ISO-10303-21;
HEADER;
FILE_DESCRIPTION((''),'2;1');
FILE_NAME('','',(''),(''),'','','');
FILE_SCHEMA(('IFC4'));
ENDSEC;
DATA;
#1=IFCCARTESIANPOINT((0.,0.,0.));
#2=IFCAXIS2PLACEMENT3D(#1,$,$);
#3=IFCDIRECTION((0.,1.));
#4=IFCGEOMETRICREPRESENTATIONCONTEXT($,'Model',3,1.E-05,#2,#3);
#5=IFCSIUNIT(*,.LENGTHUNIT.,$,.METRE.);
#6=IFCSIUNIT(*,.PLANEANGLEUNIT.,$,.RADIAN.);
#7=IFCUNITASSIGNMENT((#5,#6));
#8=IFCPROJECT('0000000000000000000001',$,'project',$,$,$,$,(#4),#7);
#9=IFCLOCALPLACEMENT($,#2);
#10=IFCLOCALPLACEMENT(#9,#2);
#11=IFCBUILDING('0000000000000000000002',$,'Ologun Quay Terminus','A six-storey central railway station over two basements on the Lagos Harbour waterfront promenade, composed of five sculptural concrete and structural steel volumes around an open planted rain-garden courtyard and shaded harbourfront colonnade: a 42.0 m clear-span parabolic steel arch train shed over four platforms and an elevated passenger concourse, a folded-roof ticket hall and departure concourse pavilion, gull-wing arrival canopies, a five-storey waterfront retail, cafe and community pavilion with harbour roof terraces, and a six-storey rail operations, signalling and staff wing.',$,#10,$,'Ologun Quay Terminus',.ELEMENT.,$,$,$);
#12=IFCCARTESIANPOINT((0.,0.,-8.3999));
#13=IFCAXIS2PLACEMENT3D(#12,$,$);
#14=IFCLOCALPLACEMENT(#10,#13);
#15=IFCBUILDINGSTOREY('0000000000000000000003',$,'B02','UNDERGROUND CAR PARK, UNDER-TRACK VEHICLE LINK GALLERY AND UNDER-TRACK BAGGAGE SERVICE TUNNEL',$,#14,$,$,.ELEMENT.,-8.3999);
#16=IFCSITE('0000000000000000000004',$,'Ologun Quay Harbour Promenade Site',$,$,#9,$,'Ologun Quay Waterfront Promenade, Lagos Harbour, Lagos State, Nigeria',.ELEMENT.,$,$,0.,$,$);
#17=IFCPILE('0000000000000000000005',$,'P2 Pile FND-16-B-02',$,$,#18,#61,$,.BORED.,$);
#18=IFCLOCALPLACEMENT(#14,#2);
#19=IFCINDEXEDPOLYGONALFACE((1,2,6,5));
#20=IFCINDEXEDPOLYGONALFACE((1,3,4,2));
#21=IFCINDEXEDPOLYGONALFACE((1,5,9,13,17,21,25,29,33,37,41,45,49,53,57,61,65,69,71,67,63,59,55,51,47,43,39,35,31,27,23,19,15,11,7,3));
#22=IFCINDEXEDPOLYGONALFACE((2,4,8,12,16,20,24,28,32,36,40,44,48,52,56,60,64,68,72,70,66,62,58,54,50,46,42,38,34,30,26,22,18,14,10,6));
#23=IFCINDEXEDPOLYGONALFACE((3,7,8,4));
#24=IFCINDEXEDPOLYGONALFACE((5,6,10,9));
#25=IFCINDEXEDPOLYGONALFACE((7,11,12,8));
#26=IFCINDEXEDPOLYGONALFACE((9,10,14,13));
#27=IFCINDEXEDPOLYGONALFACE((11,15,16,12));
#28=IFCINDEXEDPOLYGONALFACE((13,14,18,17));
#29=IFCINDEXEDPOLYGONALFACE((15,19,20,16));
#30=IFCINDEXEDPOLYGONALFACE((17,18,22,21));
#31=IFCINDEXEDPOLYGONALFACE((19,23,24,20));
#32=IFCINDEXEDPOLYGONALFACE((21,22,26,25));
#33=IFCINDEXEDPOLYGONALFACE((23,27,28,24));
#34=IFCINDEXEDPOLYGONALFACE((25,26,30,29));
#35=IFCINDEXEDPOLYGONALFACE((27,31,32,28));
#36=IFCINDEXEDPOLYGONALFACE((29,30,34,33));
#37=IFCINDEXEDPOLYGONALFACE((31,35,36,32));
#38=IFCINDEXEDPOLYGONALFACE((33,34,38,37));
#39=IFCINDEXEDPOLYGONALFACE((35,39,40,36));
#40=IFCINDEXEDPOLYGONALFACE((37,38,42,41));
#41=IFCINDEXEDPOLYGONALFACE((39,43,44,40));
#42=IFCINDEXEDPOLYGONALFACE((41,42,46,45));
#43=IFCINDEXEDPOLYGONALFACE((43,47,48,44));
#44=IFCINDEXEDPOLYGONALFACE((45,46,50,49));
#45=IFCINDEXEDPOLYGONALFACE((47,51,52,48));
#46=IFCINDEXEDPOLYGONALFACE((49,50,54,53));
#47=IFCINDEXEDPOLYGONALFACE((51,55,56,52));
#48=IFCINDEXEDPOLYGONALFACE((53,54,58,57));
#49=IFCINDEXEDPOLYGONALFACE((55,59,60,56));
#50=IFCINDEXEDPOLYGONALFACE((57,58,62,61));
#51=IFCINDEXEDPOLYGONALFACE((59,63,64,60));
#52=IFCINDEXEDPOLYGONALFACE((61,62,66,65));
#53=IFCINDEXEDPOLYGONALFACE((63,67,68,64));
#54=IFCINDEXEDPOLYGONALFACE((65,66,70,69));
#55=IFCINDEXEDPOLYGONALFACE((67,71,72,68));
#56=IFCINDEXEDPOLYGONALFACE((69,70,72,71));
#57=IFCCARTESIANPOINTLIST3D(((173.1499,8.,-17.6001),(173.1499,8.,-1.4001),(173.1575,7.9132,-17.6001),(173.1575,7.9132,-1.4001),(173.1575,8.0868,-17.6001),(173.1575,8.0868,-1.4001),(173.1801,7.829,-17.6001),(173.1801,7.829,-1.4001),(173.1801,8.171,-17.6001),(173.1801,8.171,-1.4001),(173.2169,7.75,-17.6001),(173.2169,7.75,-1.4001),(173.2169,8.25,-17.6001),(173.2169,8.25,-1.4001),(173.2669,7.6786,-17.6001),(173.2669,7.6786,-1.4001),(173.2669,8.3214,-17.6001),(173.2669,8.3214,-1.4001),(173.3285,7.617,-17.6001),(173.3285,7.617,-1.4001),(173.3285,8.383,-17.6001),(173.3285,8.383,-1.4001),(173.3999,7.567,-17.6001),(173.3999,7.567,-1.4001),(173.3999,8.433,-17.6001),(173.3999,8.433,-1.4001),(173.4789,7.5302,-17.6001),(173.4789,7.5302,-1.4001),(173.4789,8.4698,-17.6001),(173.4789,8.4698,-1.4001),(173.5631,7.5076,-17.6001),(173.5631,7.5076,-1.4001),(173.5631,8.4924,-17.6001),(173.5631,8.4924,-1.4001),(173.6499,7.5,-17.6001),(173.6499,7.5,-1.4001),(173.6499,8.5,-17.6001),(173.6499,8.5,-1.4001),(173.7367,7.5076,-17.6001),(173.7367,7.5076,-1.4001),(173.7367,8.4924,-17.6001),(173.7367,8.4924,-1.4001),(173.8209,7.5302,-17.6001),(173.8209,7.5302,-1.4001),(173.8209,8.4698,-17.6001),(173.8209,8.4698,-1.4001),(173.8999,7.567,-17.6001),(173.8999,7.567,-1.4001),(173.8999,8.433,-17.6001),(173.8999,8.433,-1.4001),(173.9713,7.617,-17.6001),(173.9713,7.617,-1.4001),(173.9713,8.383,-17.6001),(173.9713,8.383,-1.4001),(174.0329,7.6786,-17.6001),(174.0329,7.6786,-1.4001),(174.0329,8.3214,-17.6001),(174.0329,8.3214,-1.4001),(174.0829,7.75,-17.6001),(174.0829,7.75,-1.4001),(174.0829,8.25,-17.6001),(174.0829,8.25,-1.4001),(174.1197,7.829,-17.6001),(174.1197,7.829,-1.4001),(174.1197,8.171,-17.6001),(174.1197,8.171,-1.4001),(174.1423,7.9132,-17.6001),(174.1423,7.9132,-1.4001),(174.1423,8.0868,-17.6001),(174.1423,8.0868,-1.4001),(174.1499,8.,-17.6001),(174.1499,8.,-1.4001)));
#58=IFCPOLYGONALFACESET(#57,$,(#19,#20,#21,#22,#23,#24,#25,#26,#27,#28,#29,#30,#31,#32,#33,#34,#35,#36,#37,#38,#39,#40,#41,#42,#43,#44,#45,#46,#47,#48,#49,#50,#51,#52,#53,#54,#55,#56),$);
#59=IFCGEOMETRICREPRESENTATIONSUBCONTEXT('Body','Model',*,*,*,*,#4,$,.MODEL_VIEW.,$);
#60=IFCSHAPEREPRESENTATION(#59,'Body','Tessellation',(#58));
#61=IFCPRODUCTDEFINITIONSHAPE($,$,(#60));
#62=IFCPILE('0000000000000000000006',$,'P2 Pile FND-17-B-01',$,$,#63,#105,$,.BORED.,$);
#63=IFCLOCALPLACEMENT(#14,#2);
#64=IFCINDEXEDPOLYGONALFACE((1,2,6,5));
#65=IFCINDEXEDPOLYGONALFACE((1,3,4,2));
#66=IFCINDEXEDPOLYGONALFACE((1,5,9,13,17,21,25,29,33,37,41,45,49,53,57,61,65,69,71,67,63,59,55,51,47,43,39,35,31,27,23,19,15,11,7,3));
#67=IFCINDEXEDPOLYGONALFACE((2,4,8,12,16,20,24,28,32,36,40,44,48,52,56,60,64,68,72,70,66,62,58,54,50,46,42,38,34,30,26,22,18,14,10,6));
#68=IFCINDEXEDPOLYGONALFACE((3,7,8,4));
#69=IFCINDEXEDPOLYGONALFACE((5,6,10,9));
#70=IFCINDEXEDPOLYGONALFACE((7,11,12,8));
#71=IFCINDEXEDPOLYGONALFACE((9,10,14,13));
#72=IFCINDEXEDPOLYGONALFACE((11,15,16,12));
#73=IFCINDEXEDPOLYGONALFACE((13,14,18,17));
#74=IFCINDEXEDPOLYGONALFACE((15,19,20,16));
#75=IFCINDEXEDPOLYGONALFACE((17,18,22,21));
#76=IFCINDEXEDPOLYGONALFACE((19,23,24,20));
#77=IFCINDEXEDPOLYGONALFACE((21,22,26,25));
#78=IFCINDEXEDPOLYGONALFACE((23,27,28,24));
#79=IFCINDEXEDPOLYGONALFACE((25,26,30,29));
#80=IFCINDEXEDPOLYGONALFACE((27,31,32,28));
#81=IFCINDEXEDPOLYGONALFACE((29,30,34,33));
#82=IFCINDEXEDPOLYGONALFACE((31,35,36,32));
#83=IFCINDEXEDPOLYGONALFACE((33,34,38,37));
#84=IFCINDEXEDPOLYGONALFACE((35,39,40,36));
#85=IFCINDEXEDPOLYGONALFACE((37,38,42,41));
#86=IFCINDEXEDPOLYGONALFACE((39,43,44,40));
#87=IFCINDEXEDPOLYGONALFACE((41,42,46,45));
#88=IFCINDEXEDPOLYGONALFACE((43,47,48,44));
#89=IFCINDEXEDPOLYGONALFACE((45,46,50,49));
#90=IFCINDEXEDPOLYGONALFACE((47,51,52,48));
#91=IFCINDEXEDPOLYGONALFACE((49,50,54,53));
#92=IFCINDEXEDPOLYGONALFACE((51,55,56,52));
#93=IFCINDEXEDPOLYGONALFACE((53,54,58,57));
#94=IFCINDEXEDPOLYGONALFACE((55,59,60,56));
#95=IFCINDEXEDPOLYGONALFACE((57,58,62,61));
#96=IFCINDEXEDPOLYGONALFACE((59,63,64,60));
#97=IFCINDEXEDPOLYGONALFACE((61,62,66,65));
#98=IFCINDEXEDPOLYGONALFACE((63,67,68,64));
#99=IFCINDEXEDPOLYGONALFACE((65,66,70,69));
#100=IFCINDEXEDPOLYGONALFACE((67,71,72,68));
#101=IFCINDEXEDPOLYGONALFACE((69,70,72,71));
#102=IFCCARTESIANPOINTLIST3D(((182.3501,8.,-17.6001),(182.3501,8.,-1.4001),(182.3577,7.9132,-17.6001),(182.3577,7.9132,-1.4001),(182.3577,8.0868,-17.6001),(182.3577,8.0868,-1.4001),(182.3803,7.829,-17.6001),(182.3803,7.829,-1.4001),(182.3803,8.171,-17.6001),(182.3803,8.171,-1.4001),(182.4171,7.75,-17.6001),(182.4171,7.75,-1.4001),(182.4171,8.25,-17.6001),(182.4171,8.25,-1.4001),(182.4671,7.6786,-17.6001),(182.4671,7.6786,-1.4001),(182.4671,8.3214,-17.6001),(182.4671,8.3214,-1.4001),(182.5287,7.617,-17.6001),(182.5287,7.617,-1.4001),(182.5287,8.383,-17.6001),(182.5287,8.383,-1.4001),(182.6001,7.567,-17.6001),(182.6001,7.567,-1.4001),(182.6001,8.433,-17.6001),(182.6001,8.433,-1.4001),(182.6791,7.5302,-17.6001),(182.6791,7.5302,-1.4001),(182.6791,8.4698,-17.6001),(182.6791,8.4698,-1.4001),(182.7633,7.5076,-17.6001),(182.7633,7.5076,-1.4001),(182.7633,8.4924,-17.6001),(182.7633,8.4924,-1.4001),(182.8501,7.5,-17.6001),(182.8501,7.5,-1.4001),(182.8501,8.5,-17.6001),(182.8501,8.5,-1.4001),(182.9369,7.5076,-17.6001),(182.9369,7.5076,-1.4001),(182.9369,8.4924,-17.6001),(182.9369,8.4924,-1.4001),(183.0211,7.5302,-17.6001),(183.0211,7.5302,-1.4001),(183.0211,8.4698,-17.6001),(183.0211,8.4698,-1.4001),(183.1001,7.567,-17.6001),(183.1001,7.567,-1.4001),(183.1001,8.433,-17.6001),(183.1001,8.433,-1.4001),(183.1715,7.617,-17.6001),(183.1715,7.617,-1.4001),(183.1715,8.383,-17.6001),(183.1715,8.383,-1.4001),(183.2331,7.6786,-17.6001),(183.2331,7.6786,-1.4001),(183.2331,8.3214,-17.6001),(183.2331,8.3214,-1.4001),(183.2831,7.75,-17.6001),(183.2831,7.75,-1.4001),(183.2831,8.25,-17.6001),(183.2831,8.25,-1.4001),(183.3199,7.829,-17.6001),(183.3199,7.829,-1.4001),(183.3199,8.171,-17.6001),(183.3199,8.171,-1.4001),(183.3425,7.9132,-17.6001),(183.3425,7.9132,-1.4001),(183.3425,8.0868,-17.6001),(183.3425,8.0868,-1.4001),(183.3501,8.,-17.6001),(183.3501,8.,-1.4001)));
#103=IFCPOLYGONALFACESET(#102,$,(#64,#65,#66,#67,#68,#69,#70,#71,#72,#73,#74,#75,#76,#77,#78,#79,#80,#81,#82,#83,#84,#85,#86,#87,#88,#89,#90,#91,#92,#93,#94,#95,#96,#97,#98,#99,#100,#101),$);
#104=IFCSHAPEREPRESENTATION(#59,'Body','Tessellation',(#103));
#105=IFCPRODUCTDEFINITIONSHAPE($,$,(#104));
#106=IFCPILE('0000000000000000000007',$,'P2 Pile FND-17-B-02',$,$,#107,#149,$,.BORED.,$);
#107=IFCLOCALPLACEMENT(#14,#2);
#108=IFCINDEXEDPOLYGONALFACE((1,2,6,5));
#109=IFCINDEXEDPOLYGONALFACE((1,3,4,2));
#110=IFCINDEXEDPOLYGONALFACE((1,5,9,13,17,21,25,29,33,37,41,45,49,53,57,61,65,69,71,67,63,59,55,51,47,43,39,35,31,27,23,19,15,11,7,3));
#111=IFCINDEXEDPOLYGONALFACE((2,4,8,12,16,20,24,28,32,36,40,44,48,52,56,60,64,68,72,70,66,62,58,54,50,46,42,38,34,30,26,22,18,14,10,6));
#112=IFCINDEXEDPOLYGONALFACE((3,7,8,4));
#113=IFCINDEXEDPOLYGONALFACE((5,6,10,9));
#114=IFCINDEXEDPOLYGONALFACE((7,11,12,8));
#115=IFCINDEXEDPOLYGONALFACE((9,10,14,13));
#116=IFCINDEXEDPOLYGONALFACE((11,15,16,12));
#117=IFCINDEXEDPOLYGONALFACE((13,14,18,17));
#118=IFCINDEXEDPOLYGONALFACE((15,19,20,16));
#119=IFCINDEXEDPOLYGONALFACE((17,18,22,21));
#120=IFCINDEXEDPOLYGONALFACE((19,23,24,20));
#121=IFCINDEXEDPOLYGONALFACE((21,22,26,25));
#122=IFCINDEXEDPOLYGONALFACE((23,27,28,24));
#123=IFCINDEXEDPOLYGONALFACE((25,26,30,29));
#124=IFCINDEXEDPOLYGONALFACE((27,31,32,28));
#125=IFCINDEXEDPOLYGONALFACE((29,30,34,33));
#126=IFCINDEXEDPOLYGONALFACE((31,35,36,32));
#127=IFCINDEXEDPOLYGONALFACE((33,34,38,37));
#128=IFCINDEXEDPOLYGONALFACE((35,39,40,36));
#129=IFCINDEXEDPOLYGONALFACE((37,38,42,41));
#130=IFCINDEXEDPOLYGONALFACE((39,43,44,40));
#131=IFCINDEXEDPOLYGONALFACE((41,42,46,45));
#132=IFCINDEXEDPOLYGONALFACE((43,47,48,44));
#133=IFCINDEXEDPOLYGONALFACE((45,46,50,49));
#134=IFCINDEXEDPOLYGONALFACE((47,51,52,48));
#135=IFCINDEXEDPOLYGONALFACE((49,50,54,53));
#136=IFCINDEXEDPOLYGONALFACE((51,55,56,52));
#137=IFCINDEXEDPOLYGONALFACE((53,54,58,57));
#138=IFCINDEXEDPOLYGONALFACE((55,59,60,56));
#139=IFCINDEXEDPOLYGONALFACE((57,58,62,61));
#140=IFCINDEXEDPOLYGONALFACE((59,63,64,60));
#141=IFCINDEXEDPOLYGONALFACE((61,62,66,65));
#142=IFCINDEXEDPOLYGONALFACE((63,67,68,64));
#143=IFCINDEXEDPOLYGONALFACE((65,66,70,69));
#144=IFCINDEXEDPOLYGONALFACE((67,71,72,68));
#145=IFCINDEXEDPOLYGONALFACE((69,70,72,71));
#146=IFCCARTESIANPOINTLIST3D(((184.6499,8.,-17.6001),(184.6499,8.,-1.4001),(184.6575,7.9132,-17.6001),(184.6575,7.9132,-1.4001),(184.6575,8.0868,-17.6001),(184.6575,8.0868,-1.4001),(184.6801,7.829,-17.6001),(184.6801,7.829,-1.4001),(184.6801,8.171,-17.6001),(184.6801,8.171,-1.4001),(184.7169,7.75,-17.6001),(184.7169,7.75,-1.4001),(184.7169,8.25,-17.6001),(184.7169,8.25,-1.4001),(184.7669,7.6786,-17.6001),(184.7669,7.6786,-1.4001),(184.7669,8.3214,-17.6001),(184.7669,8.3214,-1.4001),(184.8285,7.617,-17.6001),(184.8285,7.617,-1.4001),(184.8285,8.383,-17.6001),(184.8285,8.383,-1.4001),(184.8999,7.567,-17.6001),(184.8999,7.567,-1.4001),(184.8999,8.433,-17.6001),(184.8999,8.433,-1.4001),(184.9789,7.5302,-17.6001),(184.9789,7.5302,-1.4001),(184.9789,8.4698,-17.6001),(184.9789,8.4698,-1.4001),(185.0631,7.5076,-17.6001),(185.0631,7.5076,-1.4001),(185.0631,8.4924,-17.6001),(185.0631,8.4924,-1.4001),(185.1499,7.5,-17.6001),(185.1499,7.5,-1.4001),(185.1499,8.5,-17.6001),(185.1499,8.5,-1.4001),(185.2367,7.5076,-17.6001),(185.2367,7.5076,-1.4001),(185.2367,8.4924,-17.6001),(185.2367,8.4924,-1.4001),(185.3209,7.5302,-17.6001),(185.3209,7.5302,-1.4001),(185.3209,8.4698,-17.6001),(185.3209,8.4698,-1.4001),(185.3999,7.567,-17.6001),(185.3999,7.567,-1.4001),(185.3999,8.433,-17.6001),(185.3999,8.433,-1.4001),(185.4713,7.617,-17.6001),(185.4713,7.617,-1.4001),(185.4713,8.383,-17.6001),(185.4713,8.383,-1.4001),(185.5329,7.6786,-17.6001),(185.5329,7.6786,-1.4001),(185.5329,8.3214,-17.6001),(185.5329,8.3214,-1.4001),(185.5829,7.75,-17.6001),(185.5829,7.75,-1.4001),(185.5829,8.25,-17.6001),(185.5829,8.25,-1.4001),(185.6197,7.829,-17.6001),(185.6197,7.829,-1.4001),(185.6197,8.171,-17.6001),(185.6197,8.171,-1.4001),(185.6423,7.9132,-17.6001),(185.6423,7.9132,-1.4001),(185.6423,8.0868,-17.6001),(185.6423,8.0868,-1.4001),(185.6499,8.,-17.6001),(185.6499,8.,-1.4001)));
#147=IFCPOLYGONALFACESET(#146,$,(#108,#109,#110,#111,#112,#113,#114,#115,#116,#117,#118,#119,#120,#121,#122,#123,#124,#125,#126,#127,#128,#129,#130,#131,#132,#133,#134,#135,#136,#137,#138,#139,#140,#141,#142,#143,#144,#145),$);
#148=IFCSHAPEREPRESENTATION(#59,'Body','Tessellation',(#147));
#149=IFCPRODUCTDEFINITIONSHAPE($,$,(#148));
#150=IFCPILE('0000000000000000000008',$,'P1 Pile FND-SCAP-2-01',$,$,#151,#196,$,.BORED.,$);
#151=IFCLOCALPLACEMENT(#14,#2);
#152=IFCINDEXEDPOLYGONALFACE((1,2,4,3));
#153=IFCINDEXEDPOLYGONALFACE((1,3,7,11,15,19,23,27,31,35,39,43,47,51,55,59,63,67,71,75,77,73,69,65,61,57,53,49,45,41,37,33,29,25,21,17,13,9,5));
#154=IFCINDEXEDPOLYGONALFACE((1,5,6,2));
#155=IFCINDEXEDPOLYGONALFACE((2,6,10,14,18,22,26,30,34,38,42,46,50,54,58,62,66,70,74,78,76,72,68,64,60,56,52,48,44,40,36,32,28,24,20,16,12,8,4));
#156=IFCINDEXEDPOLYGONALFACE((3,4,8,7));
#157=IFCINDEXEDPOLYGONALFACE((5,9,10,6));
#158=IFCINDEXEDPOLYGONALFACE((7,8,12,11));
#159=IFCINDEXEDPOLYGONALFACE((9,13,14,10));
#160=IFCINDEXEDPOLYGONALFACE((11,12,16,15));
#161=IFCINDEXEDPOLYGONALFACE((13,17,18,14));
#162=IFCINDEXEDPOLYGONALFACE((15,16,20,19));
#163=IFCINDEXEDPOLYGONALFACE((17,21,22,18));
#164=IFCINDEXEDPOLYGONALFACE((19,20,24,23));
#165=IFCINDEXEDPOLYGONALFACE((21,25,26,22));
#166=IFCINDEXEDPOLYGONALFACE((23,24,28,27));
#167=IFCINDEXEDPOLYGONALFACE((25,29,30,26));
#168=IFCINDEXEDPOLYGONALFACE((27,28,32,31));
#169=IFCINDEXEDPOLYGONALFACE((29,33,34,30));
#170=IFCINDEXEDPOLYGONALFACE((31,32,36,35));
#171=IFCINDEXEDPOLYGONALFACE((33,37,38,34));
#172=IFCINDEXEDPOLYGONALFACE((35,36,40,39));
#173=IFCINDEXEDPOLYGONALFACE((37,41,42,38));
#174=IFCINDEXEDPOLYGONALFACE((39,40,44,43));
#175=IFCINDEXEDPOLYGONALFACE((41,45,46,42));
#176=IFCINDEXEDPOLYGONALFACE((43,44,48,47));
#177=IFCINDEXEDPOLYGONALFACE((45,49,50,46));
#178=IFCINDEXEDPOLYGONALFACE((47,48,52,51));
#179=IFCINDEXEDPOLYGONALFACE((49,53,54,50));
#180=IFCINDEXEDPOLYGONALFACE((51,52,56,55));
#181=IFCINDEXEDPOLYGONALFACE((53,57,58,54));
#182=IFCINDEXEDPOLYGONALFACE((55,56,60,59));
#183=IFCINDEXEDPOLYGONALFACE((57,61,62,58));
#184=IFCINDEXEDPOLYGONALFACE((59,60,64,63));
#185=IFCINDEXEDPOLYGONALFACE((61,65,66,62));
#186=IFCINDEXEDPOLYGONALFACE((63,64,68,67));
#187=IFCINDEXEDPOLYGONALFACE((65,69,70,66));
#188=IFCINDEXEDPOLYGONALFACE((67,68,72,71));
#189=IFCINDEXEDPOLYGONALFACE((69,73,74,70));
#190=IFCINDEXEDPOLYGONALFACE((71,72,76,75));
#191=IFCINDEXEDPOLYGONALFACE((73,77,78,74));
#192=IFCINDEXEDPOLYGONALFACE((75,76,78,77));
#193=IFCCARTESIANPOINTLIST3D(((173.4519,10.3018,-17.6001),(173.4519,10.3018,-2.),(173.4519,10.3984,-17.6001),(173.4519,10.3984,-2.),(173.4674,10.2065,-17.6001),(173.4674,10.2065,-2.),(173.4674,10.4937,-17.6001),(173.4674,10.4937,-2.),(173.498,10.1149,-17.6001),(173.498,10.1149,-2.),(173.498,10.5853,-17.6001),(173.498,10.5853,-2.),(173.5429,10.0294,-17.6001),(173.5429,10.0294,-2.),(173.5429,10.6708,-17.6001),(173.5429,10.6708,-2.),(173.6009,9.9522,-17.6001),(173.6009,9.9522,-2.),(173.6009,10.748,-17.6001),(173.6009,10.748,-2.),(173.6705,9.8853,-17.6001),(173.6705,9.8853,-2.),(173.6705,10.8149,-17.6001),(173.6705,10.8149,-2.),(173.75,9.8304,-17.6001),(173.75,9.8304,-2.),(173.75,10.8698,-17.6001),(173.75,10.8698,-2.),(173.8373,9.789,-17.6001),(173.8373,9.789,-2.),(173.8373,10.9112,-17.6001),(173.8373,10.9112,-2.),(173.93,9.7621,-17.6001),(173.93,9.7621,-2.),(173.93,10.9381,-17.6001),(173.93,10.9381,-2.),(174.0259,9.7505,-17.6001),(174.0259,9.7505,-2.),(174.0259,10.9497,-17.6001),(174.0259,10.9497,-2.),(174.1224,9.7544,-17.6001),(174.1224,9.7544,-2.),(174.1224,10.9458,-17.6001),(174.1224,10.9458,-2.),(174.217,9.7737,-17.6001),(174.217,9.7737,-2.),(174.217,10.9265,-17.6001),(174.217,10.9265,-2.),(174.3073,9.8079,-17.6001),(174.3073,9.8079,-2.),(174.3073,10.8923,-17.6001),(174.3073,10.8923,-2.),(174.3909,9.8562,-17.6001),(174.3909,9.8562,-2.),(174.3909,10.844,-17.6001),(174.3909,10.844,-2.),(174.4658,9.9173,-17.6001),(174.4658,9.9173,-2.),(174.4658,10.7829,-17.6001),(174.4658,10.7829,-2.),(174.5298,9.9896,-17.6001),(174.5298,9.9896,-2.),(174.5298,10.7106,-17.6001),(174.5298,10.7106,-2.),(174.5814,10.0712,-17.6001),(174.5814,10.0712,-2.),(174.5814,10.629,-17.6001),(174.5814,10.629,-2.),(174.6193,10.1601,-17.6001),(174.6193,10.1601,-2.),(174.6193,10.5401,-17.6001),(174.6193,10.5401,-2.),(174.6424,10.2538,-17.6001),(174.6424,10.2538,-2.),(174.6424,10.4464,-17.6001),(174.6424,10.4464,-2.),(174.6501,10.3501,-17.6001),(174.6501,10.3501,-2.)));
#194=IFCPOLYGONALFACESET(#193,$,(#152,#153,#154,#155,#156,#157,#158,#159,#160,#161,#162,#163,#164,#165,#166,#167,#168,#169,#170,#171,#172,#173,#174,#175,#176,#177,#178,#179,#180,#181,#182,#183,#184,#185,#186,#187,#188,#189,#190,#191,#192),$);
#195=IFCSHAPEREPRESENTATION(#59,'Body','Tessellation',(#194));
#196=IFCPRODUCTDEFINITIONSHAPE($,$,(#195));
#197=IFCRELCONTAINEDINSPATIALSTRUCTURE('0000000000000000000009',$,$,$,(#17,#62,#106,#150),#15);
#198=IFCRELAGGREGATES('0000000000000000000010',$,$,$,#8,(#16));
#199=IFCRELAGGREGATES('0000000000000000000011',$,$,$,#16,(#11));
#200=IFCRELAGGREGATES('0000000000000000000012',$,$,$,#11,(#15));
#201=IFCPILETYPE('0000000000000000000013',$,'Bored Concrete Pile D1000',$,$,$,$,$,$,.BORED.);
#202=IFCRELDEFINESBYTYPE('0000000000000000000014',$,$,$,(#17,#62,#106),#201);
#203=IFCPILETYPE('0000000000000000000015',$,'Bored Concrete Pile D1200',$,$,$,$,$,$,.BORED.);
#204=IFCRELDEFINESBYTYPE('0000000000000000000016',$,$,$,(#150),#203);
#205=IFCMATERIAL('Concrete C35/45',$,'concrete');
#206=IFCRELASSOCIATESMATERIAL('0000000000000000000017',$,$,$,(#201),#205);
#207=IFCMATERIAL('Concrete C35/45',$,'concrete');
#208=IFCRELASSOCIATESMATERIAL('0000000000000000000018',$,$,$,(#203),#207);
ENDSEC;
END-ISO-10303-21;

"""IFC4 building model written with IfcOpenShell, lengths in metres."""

from ifc_helpers import new_model, si_unit, direction, frame, origin, origin_2d, place, context, subcontext, project, spatial, circle, extrude, material, material_profile, profile_set, type_object, element, save


model = new_model("IFC4")

# Units and contexts
model_context = context("Model", 3, precision=1e-05, world=origin(), true_north=direction((0.0, 1.0)))
body_context = subcontext(model_context, "Body", "Model", "MODEL_VIEW")
ifc_project = project(units=[si_unit("LENGTHUNIT", "METRE"), si_unit("PLANEANGLEUNIT", "RADIAN")], contexts=[model_context])

# Site, building, storey
site_placement = place(None, origin())
site = spatial("IfcSite", under=ifc_project, at=site_placement, Name="Ologun Quay Harbour Promenade Site", LongName="Ologun Quay Waterfront Promenade, Lagos Harbour, Lagos State, Nigeria", CompositionType="ELEMENT", RefElevation=0.0)
building_placement = place(site_placement, origin())
building = spatial("IfcBuilding", under=site, at=building_placement, Name="Ologun Quay Terminus", Description="A six-storey central railway station over two basements on the Lagos Harbour waterfront promenade, composed of five sculptural concrete and structural steel volumes around an open planted rain-garden courtyard and shaded harbourfront colonnade: a 42.0 m clear-span parabolic steel arch train shed over four platforms and an elevated passenger concourse, a folded-roof ticket hall and departure concourse pavilion, gull-wing arrival canopies, a five-storey waterfront retail, cafe and community pavilion with harbour roof terraces, and a six-storey rail operations, signalling and staff wing.", LongName="Ologun Quay Terminus", CompositionType="ELEMENT")
storey_placement = place(building_placement, frame((0.0, 0.0, -8.3999)))
storey = spatial("IfcBuildingStorey", under=building, at=storey_placement, Name="B02", Description="UNDERGROUND CAR PARK, UNDER-TRACK VEHICLE LINK GALLERY AND UNDER-TRACK BAGGAGE SERVICE TUNNEL", CompositionType="ELEMENT", Elevation=-8.3999)

# Piles
ifc_material_1 = material(Name="Concrete C35/45", Category="concrete")
ifc_material_profile_1 = material_profile(ifc_material_1, circle(Radius=0.5, at=origin_2d()), Name="PILE D1000")
ifc_profile_set_1 = profile_set([ifc_material_profile_1], Name="Concrete C35/45")
pile_type_1 = type_object("IfcPileType", Name="Bored Concrete Pile D1000", PredefinedType="BORED", material=ifc_profile_set_1)
for number, where, z_axis, x_axis, name in (
    (1, (173.6499, 8.0, -1.4001), (0.0, 0.0, -1.0), (1.0, 0.0, 0.0), "P2 Pile FND-16-B-02"),
    (2, (182.8501, 8.0, -1.4001), (0.0, 0.0, -1.0), (1.0, 0.0, 0.0), "P2 Pile FND-17-B-01"),
    (3, (185.1499, 8.0, -1.4001), (0.0, 0.0, -1.0), (1.0, 0.0, 0.0), "P2 Pile FND-17-B-02"),
):
    element("IfcPile", number, at=place(storey_placement, frame(where, z_axis=z_axis, x_axis=x_axis)), inside=storey, type_object=pile_type_1, Name=name, PredefinedType="BORED", context=body_context, shape_type="SweptSolid", body=[
        extrude(circle(Radius=0.5, at=origin_2d()), origin(), (0.0, 0.0, 1.0), 16.2),
    ])
ifc_material_2 = material(Name="Concrete C35/45", Category="concrete")
ifc_material_profile_2 = material_profile(ifc_material_2, circle(Radius=0.6001, at=origin_2d()), Name="PILE D1200")
ifc_profile_set_2 = profile_set([ifc_material_profile_2], Name="Concrete C35/45")
pile_type_2 = type_object("IfcPileType", Name="Bored Concrete Pile D1200", PredefinedType="BORED", material=ifc_profile_set_2)
for number, where, z_axis, x_axis, name in (
    (4, (174.05, 10.3501, -2.0), (0.0, 0.0, -1.0), (1.0, 0.0, 0.0), "P1 Pile FND-SCAP-2-01"),
):
    element("IfcPile", number, at=place(storey_placement, frame(where, z_axis=z_axis, x_axis=x_axis)), inside=storey, type_object=pile_type_2, Name=name, PredefinedType="BORED", context=body_context, shape_type="SweptSolid", body=[
        extrude(circle(Radius=0.6001, at=origin_2d()), origin(), (0.0, 0.0, 1.0), 15.6001),
    ])

save(model, "model.ifc")
